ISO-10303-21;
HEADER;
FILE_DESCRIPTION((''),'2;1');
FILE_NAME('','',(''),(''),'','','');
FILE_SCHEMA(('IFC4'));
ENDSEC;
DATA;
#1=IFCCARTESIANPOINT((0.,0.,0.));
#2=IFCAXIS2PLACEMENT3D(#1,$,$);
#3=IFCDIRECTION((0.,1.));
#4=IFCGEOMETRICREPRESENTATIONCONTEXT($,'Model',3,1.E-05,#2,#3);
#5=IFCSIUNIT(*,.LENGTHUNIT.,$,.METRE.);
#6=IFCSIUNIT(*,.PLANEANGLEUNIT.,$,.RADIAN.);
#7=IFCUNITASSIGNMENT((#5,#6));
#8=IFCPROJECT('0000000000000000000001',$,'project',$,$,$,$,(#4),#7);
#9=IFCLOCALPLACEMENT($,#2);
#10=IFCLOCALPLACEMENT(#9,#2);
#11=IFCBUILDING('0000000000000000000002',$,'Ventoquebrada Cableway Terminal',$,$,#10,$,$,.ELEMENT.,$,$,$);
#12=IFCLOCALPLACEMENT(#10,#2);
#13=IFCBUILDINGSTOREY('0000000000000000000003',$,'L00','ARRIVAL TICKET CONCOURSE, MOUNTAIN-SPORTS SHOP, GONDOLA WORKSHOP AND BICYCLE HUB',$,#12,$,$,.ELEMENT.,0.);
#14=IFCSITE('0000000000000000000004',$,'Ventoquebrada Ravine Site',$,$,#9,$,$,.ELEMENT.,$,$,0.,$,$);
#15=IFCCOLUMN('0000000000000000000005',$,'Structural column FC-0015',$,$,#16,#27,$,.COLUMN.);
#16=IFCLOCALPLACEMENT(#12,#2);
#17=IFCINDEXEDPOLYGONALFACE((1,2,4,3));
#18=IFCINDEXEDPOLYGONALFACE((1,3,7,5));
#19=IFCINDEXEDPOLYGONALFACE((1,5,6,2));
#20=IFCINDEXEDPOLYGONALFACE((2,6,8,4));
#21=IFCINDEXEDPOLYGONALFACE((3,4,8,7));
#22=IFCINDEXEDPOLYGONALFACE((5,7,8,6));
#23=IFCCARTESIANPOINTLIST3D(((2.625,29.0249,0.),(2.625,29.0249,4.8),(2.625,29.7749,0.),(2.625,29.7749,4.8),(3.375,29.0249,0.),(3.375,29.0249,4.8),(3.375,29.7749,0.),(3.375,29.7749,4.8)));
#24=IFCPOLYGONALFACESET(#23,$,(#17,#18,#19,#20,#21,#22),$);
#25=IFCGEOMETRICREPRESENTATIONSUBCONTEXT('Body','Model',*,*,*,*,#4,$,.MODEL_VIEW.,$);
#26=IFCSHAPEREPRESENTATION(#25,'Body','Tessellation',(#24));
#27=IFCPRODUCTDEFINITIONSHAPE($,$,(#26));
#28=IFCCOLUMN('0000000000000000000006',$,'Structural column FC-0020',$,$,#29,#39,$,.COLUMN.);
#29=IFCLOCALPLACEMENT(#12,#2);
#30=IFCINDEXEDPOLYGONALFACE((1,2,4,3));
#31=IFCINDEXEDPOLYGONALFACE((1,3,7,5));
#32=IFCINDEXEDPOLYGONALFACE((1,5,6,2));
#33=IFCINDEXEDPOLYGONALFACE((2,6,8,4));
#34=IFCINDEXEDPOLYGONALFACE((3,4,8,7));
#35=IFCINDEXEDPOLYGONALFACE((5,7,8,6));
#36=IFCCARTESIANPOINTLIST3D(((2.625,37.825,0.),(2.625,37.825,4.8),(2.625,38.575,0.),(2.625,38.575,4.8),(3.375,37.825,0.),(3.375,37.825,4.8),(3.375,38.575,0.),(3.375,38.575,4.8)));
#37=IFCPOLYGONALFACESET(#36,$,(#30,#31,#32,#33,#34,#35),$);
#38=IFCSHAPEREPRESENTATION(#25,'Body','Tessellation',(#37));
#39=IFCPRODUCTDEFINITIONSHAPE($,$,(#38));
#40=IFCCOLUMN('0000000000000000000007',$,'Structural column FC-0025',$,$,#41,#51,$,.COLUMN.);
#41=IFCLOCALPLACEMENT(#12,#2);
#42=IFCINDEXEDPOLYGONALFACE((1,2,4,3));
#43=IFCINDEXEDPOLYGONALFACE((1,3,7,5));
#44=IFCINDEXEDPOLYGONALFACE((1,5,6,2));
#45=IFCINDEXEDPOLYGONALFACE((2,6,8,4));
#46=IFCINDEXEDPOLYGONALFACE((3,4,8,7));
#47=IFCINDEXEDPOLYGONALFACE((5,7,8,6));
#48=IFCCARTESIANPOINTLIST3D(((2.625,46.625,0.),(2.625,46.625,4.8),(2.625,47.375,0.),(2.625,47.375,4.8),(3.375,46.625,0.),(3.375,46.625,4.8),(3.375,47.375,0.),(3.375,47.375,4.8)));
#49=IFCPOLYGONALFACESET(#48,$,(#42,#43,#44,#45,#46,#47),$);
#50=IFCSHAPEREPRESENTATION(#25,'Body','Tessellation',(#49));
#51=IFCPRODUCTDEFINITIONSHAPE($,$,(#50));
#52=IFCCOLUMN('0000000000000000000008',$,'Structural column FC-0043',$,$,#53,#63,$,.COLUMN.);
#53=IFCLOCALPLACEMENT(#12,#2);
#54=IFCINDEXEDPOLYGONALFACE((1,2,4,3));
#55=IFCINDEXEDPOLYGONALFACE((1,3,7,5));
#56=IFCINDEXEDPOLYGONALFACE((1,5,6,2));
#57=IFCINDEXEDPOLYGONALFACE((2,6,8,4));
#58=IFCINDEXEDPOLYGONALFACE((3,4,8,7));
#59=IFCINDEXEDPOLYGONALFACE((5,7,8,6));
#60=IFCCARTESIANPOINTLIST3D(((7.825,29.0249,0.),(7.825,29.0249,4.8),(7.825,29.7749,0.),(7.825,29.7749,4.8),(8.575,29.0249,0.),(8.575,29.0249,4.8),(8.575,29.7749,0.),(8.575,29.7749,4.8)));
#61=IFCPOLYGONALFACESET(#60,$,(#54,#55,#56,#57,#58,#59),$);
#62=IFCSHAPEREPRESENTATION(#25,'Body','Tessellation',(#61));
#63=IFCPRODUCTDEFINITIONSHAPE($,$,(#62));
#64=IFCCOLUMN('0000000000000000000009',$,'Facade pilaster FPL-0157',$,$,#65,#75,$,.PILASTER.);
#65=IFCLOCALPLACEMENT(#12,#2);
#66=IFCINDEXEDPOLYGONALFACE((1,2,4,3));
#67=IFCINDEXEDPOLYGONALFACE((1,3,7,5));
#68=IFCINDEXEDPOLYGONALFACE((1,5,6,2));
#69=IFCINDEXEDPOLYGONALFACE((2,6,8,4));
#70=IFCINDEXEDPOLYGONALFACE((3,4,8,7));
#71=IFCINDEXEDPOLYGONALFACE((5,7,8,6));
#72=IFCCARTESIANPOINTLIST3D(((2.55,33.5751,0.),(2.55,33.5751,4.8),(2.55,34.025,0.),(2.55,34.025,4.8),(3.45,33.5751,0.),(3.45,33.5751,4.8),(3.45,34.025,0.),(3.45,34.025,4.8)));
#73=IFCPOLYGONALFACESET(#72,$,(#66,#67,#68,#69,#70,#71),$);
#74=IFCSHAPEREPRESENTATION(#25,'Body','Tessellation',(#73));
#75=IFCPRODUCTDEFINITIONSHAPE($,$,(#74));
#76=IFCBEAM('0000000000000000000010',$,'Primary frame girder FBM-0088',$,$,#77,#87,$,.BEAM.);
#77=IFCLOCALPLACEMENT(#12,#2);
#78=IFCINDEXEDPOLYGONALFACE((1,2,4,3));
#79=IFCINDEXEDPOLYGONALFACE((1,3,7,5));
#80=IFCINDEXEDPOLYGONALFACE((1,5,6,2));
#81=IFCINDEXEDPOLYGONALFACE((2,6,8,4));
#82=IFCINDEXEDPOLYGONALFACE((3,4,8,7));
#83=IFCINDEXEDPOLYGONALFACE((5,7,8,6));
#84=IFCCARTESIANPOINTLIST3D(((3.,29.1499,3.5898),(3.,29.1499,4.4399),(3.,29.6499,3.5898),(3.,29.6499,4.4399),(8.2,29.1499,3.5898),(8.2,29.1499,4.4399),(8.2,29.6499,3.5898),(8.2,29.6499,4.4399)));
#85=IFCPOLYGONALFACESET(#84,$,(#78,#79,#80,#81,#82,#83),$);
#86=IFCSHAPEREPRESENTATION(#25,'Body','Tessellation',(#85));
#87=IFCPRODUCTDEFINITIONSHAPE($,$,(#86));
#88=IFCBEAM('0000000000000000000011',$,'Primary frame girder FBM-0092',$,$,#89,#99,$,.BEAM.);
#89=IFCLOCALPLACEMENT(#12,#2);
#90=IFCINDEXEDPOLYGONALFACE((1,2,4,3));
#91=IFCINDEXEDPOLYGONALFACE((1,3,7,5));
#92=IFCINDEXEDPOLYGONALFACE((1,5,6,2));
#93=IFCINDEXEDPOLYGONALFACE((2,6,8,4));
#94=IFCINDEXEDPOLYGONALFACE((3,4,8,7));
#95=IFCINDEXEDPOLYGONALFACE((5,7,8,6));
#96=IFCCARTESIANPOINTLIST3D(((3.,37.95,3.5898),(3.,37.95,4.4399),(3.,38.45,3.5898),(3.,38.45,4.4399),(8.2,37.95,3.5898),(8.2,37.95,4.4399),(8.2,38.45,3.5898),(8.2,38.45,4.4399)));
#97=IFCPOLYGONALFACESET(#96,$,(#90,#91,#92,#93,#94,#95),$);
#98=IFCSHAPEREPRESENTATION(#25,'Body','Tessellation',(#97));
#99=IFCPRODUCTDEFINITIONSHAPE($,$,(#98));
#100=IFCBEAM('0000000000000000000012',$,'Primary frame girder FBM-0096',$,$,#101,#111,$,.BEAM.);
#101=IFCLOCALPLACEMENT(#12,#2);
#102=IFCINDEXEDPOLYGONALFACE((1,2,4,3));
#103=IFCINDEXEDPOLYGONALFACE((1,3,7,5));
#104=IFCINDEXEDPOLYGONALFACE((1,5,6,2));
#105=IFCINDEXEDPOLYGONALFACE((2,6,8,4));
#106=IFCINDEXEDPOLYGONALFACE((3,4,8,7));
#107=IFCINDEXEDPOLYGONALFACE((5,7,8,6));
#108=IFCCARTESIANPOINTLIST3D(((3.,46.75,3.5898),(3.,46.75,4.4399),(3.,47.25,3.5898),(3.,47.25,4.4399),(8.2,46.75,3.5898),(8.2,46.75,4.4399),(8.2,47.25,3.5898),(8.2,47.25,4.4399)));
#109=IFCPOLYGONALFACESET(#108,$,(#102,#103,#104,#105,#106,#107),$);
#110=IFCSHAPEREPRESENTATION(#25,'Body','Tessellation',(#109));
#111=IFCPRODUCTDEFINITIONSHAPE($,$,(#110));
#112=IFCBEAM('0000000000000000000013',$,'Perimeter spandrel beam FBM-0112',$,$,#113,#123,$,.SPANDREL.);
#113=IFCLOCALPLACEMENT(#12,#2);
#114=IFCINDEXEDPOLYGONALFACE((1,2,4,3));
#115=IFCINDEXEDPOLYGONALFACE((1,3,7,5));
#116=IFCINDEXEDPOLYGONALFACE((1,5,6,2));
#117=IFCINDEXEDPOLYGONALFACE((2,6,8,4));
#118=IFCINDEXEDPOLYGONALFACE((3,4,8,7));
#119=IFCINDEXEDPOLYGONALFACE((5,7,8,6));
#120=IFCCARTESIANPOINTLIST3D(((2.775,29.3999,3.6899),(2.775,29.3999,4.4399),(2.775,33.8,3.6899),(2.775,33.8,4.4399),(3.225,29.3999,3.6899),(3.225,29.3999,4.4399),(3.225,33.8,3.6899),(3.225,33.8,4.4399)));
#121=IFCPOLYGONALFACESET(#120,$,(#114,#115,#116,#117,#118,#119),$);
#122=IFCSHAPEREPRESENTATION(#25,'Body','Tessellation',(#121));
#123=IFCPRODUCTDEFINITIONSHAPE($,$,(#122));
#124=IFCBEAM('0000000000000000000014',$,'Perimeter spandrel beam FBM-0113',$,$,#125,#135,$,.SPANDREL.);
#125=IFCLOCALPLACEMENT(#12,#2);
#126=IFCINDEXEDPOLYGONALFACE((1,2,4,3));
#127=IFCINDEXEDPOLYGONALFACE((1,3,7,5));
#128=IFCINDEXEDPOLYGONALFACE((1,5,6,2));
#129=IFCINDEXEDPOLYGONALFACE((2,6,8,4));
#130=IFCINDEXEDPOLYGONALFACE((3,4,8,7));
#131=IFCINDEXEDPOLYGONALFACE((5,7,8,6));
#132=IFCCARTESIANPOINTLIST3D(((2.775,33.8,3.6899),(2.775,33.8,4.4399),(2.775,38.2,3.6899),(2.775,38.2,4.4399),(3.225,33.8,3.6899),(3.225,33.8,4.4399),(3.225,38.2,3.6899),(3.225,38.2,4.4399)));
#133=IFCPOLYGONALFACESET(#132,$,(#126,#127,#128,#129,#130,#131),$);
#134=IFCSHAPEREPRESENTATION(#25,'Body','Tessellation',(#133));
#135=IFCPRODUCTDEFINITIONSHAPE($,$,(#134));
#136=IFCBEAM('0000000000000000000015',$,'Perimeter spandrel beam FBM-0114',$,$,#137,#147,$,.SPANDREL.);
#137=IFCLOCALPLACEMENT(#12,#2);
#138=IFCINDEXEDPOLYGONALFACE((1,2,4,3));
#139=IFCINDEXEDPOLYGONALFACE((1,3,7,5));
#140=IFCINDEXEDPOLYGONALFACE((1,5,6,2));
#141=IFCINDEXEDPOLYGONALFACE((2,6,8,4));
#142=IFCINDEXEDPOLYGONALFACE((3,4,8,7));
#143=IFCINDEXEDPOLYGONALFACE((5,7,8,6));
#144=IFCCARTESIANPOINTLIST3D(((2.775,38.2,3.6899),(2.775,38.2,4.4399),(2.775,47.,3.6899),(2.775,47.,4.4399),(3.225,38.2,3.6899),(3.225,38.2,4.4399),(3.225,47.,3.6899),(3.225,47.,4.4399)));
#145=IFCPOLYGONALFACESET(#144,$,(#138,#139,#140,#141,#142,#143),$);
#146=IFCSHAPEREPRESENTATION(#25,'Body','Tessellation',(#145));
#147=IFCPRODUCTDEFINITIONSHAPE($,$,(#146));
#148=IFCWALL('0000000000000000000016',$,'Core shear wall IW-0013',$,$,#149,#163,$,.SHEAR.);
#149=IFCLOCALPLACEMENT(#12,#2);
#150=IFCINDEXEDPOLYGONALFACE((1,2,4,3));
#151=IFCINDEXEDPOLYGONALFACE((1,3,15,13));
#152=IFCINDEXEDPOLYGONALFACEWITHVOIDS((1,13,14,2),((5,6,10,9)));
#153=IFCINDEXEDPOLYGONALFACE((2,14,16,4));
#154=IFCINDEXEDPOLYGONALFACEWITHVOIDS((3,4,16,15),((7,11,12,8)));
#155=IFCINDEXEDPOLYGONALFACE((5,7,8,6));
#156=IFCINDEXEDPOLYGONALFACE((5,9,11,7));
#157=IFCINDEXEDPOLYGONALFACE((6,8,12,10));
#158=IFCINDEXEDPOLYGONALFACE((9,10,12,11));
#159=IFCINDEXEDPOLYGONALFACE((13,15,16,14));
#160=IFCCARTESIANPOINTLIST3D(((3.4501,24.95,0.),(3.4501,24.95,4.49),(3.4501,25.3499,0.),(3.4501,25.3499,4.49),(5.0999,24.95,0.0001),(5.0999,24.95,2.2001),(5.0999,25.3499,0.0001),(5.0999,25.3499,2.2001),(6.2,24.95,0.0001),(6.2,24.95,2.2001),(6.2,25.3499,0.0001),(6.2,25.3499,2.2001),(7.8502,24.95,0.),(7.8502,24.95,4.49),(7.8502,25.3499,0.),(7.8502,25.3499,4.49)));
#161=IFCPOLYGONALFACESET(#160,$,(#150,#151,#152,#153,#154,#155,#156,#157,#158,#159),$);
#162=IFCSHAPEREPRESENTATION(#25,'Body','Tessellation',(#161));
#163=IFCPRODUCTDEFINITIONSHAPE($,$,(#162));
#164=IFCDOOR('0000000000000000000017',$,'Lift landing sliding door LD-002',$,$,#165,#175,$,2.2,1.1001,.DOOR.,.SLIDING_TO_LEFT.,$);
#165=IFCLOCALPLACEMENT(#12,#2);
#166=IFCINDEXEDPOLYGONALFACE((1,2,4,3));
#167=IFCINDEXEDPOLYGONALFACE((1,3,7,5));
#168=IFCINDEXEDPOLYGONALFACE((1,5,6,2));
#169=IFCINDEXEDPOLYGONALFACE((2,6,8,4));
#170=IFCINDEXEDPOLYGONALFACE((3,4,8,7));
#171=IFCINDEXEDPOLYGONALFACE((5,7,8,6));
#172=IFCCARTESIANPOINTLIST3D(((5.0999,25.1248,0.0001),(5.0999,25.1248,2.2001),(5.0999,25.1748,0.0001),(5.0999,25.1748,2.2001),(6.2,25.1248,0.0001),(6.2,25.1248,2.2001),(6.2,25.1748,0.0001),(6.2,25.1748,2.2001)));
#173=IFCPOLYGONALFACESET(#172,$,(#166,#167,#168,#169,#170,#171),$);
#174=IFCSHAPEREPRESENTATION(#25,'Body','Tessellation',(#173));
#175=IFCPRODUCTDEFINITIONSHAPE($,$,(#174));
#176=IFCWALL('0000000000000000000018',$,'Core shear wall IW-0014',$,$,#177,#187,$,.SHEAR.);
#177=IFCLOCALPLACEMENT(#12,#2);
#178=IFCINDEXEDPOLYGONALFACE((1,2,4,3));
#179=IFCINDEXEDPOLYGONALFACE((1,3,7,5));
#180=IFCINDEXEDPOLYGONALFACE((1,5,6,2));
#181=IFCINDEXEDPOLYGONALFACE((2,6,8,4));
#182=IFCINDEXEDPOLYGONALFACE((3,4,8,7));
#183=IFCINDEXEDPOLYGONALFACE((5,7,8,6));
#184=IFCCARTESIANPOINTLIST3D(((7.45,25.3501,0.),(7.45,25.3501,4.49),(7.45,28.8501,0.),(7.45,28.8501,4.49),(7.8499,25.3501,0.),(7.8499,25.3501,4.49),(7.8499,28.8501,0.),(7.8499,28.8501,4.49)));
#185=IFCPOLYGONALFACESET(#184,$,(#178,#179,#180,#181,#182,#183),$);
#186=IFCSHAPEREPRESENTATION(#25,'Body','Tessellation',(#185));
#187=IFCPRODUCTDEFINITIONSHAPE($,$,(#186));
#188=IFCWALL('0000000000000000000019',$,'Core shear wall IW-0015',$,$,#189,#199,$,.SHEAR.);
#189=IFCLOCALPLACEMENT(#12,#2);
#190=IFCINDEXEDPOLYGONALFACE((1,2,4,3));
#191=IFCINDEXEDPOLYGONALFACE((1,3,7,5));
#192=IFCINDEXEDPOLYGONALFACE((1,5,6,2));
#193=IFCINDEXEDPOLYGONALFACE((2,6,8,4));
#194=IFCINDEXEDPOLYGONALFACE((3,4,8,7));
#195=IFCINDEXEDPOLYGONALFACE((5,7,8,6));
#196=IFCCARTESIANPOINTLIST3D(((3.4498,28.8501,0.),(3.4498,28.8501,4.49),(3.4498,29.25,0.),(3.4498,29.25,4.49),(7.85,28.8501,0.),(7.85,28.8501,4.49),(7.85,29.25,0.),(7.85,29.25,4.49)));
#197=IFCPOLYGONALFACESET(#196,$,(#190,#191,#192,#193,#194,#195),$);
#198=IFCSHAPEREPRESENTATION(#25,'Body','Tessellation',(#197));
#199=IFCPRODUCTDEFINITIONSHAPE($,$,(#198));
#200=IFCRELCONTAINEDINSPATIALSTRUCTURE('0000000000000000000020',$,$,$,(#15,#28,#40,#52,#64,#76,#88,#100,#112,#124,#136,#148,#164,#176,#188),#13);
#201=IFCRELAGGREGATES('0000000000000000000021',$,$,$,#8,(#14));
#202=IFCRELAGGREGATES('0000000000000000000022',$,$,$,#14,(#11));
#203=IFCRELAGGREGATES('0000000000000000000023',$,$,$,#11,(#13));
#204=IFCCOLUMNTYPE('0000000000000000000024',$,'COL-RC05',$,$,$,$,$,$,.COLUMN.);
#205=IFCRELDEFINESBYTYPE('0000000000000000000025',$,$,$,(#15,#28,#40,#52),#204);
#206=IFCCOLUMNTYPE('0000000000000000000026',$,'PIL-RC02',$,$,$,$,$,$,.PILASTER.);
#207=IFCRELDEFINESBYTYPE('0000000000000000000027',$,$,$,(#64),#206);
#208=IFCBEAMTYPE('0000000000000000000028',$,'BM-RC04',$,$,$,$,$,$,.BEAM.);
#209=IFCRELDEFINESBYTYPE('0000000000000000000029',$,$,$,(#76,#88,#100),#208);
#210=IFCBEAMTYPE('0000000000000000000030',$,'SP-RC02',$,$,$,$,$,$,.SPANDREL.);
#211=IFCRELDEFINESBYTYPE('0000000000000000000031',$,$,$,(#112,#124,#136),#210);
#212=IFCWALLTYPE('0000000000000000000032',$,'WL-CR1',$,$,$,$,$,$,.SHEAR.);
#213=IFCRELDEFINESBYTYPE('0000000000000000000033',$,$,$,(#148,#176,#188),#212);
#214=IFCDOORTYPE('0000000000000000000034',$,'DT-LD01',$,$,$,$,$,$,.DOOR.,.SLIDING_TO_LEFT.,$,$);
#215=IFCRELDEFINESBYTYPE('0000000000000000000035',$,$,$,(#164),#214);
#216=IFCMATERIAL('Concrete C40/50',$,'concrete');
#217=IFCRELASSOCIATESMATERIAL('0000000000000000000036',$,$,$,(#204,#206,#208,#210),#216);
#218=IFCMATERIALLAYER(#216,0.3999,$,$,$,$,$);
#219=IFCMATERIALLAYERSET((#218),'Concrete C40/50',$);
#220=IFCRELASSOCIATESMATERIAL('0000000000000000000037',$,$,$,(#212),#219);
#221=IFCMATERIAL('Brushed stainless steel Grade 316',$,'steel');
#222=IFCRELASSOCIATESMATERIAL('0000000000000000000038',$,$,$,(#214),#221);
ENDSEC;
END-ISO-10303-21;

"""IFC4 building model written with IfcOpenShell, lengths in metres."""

from ifc_helpers import new_model, si_unit, direction, frame, frame_2d, origin, origin_2d, place, context, subcontext, project, spatial, rectangle, extrude, material, layer, layer_set, material_profile, profile_set, type_object, element, fill, save


model = new_model("IFC4")

# Units and contexts
model_context = context("Model", 3, precision=1e-05, world=origin(), true_north=direction((0.0, 1.0)))
body_context = subcontext(model_context, "Body", "Model", "MODEL_VIEW")
ifc_project = project(units=[si_unit("LENGTHUNIT", "METRE"), si_unit("PLANEANGLEUNIT", "RADIAN")], contexts=[model_context])

# Site, building, storey
site_placement = place(None, origin())
site = spatial("IfcSite", under=ifc_project, at=site_placement, Name="Ventoquebrada Ravine Site", CompositionType="ELEMENT", RefElevation=0.0)
building_placement = place(site_placement, origin())
building = spatial("IfcBuilding", under=site, at=building_placement, Name="Ventoquebrada Cableway Terminal", CompositionType="ELEMENT")
storey_placement = place(building_placement, origin())
storey = spatial("IfcBuildingStorey", under=building, at=storey_placement, Name="L00", Description="ARRIVAL TICKET CONCOURSE, MOUNTAIN-SPORTS SHOP, GONDOLA WORKSHOP AND BICYCLE HUB", CompositionType="ELEMENT", Elevation=0.0)

# Columns
ifc_material_1 = material(Name="Concrete C40/50", Category="concrete")
ifc_material_profile_1 = material_profile(ifc_material_1, rectangle(XDim=0.75, YDim=0.75, at=origin_2d()), Name="RC-COL-750X750")
ifc_profile_set_1 = profile_set([ifc_material_profile_1], Name="Concrete C40/50")
column_type_1 = type_object("IfcColumnType", Name="COL-RC05", PredefinedType="COLUMN", material=ifc_profile_set_1)
for number, where, z_axis, x_axis, name in (
    (1, (3.0, 29.3999, 0.0), (0.0, 0.0, 1.0), (1.0, 0.0, 0.0), "Structural column FC-0015"),
    (2, (3.0, 38.2, 0.0), (0.0, 0.0, 1.0), (1.0, 0.0, 0.0), "Structural column FC-0020"),
    (3, (3.0, 47.0, 0.0), (0.0, 0.0, 1.0), (1.0, 0.0, 0.0), "Structural column FC-0025"),
    (4, (8.2, 29.3999, 0.0), (0.0, 0.0, 1.0), (1.0, 0.0, 0.0), "Structural column FC-0043"),
):
    element("IfcColumn", number, at=place(storey_placement, frame(where, z_axis=z_axis, x_axis=x_axis)), inside=storey, type_object=column_type_1, Name=name, PredefinedType="COLUMN", context=body_context, shape_type="SweptSolid", body=[
        extrude(rectangle(XDim=0.75, YDim=0.75, at=origin_2d()), origin(), (0.0, 0.0, 1.0), 4.8),
    ])
ifc_material_profile_2 = material_profile(ifc_material_1, rectangle(XDim=0.45, YDim=0.8999, at=origin_2d()), Name="RC-PIL-450X900")
ifc_profile_set_2 = profile_set([ifc_material_profile_2], Name="Concrete C40/50")
column_type_2 = type_object("IfcColumnType", Name="PIL-RC02", PredefinedType="PILASTER", material=ifc_profile_set_2)
column_placement = place(storey_placement, frame((3.0, 33.8, 0.0), z_axis=(0.0, 0.0, 1.0), x_axis=(0.0, 1.0, 0.0)))
element("IfcColumn", 5, at=column_placement, inside=storey, type_object=column_type_2, Name="Facade pilaster FPL-0157", PredefinedType="PILASTER", context=body_context, shape_type="SweptSolid", body=[
    extrude(rectangle(XDim=0.45, YDim=0.8999, at=origin_2d()), origin(), (0.0, 0.0, 1.0), 4.8),
])

# Beams
ifc_material_profile_3 = material_profile(ifc_material_1, rectangle(XDim=0.5, YDim=0.8501, at=origin_2d()), Name="RC-BM-500X850")
ifc_profile_set_3 = profile_set([ifc_material_profile_3], Name="Concrete C40/50")
beam_type_1 = type_object("IfcBeamType", Name="BM-RC04", PredefinedType="BEAM", material=ifc_profile_set_3)
for number, where, z_axis, x_axis, name in (
    (6, (3.0, 29.3999, 4.0149), (1.0, 0.0, 0.0), (0.0, 1.0, 0.0), "Primary frame girder FBM-0088"),
    (7, (3.0, 38.2, 4.0149), (1.0, 0.0, 0.0), (0.0, 1.0, 0.0), "Primary frame girder FBM-0092"),
    (8, (3.0, 47.0, 4.0149), (1.0, 0.0, 0.0), (0.0, 1.0, 0.0), "Primary frame girder FBM-0096"),
):
    element("IfcBeam", number, at=place(storey_placement, frame(where, z_axis=z_axis, x_axis=x_axis)), inside=storey, type_object=beam_type_1, Name=name, PredefinedType="BEAM", context=body_context, shape_type="SweptSolid", body=[
        extrude(rectangle(XDim=0.5, YDim=0.8501, at=origin_2d()), origin(), (0.0, 0.0, 1.0), 5.2),
    ])
ifc_material_profile_4 = material_profile(ifc_material_1, rectangle(XDim=0.45, YDim=0.75, at=origin_2d()), Name="RC-BM-450X750")
ifc_profile_set_4 = profile_set([ifc_material_profile_4], Name="Concrete C40/50")
beam_type_2 = type_object("IfcBeamType", Name="SP-RC02", PredefinedType="SPANDREL", material=ifc_profile_set_4)
beam_1_placement = place(storey_placement, frame((3.0, 29.3999, 4.0649), z_axis=(0.0, 1.0, 0.0), x_axis=(-1.0, 0.0, 0.0)))
element("IfcBeam", 9, at=beam_1_placement, inside=storey, type_object=beam_type_2, Name="Perimeter spandrel beam FBM-0112", PredefinedType="SPANDREL", context=body_context, shape_type="SweptSolid", body=[
    extrude(rectangle(XDim=0.45, YDim=0.75, at=origin_2d()), origin(), (0.0, 0.0, 1.0), 4.4001),
])
beam_2_placement = place(storey_placement, frame((3.0, 33.8, 4.0649), z_axis=(0.0, 1.0, 0.0), x_axis=(-1.0, 0.0, 0.0)))
element("IfcBeam", 10, at=beam_2_placement, inside=storey, type_object=beam_type_2, Name="Perimeter spandrel beam FBM-0113", PredefinedType="SPANDREL", context=body_context, shape_type="SweptSolid", body=[
    extrude(rectangle(XDim=0.45, YDim=0.75, at=origin_2d()), origin(), (0.0, 0.0, 1.0), 4.3999),
])
beam_3_placement = place(storey_placement, frame((3.0, 38.2, 4.0649), z_axis=(0.0, 1.0, 0.0), x_axis=(-1.0, 0.0, 0.0)))
element("IfcBeam", 11, at=beam_3_placement, inside=storey, type_object=beam_type_2, Name="Perimeter spandrel beam FBM-0114", PredefinedType="SPANDREL", context=body_context, shape_type="SweptSolid", body=[
    extrude(rectangle(XDim=0.45, YDim=0.75, at=origin_2d()), origin(), (0.0, 0.0, 1.0), 8.8),
])

# Wall, opening, door
ifc_layer_1 = layer(ifc_material_1, 0.3999)
ifc_layer_set_1 = layer_set([ifc_layer_1], Name="Concrete C40/50")
wall_type_1 = type_object("IfcWallType", Name="WL-CR1", PredefinedType="SHEAR", material=ifc_layer_set_1)
wall_1_placement = place(storey_placement, frame((3.45, 25.1499, 0.0), z_axis=(0.0, 0.0, 1.0), x_axis=(1.0, 0.0, 0.0)))
wall_1 = element("IfcWall", 12, at=wall_1_placement, inside=storey, type_object=wall_type_1, Name="Core shear wall IW-0013", PredefinedType="SHEAR", context=body_context, shape_type="SweptSolid", body=[
    extrude(rectangle(XDim=4.4001, YDim=0.3999, at=frame_2d((2.2002, 0.0))), origin(), (0.0, 0.0, 1.0), 4.49),
])
opening_1_placement = place(wall_1_placement, frame((1.6499, 0.0, 0.0)))
opening_1 = element("IfcOpeningElement", 13, at=opening_1_placement, cuts=wall_1, PredefinedType="OPENING", context=body_context, shape_type="SweptSolid", body=[
    extrude(rectangle(XDim=1.1001, YDim=2.2, at=frame_2d((0.55, 1.1001))), frame((0.0, 0.21, 0.0), z_axis=(0.0, -1.0, 0.0), x_axis=(1.0, 0.0, 0.0)), (0.0, 0.0, 1.0), 0.4199),
])
ifc_material_2 = material(Name="Brushed stainless steel Grade 316", Category="steel")
door_type_1 = type_object("IfcDoorType", Name="DT-LD01", OperationType="SLIDING_TO_LEFT", PredefinedType="DOOR", material=ifc_material_2)
door_1_placement = place(opening_1_placement, origin())
door_1 = element("IfcDoor", 14, at=door_1_placement, inside=storey, type_object=door_type_1, Name="Lift landing sliding door LD-002", OperationType="SLIDING_TO_LEFT", OverallHeight=2.2, OverallWidth=1.1001, PredefinedType="DOOR", context=body_context, shape_type="SweptSolid", body=[
    extrude(rectangle(XDim=1.1001, YDim=2.2, at=frame_2d((0.55, 1.1001))), frame((0.0, 0.0249, 0.0), z_axis=(0.0, -1.0, 0.0), x_axis=(1.0, 0.0, 0.0)), (0.0, 0.0, 1.0), 0.05),
])
fill(opening_1, door_1)

# Walls
wall_2_placement = place(storey_placement, frame((7.6499, 25.3501, 0.0), z_axis=(0.0, 0.0, 1.0), x_axis=(0.0, 1.0, 0.0)))
element("IfcWall", 15, at=wall_2_placement, inside=storey, type_object=wall_type_1, Name="Core shear wall IW-0014", PredefinedType="SHEAR", context=body_context, shape_type="SweptSolid", body=[
    extrude(rectangle(XDim=3.5, YDim=0.3999, at=frame_2d((1.75, 0.0))), origin(), (0.0, 0.0, 1.0), 4.49),
])
wall_3_placement = place(storey_placement, frame((7.8501, 29.05, 0.0), z_axis=(0.0, 0.0, 1.0), x_axis=(-1.0, 0.0, 0.0)))
element("IfcWall", 16, at=wall_3_placement, inside=storey, type_object=wall_type_1, Name="Core shear wall IW-0015", PredefinedType="SHEAR", context=body_context, shape_type="SweptSolid", body=[
    extrude(rectangle(XDim=4.4001, YDim=0.3999, at=frame_2d((2.2002, 0.0))), origin(), (0.0, 0.0, 1.0), 4.49),
])

save(model, "model.ifc")
